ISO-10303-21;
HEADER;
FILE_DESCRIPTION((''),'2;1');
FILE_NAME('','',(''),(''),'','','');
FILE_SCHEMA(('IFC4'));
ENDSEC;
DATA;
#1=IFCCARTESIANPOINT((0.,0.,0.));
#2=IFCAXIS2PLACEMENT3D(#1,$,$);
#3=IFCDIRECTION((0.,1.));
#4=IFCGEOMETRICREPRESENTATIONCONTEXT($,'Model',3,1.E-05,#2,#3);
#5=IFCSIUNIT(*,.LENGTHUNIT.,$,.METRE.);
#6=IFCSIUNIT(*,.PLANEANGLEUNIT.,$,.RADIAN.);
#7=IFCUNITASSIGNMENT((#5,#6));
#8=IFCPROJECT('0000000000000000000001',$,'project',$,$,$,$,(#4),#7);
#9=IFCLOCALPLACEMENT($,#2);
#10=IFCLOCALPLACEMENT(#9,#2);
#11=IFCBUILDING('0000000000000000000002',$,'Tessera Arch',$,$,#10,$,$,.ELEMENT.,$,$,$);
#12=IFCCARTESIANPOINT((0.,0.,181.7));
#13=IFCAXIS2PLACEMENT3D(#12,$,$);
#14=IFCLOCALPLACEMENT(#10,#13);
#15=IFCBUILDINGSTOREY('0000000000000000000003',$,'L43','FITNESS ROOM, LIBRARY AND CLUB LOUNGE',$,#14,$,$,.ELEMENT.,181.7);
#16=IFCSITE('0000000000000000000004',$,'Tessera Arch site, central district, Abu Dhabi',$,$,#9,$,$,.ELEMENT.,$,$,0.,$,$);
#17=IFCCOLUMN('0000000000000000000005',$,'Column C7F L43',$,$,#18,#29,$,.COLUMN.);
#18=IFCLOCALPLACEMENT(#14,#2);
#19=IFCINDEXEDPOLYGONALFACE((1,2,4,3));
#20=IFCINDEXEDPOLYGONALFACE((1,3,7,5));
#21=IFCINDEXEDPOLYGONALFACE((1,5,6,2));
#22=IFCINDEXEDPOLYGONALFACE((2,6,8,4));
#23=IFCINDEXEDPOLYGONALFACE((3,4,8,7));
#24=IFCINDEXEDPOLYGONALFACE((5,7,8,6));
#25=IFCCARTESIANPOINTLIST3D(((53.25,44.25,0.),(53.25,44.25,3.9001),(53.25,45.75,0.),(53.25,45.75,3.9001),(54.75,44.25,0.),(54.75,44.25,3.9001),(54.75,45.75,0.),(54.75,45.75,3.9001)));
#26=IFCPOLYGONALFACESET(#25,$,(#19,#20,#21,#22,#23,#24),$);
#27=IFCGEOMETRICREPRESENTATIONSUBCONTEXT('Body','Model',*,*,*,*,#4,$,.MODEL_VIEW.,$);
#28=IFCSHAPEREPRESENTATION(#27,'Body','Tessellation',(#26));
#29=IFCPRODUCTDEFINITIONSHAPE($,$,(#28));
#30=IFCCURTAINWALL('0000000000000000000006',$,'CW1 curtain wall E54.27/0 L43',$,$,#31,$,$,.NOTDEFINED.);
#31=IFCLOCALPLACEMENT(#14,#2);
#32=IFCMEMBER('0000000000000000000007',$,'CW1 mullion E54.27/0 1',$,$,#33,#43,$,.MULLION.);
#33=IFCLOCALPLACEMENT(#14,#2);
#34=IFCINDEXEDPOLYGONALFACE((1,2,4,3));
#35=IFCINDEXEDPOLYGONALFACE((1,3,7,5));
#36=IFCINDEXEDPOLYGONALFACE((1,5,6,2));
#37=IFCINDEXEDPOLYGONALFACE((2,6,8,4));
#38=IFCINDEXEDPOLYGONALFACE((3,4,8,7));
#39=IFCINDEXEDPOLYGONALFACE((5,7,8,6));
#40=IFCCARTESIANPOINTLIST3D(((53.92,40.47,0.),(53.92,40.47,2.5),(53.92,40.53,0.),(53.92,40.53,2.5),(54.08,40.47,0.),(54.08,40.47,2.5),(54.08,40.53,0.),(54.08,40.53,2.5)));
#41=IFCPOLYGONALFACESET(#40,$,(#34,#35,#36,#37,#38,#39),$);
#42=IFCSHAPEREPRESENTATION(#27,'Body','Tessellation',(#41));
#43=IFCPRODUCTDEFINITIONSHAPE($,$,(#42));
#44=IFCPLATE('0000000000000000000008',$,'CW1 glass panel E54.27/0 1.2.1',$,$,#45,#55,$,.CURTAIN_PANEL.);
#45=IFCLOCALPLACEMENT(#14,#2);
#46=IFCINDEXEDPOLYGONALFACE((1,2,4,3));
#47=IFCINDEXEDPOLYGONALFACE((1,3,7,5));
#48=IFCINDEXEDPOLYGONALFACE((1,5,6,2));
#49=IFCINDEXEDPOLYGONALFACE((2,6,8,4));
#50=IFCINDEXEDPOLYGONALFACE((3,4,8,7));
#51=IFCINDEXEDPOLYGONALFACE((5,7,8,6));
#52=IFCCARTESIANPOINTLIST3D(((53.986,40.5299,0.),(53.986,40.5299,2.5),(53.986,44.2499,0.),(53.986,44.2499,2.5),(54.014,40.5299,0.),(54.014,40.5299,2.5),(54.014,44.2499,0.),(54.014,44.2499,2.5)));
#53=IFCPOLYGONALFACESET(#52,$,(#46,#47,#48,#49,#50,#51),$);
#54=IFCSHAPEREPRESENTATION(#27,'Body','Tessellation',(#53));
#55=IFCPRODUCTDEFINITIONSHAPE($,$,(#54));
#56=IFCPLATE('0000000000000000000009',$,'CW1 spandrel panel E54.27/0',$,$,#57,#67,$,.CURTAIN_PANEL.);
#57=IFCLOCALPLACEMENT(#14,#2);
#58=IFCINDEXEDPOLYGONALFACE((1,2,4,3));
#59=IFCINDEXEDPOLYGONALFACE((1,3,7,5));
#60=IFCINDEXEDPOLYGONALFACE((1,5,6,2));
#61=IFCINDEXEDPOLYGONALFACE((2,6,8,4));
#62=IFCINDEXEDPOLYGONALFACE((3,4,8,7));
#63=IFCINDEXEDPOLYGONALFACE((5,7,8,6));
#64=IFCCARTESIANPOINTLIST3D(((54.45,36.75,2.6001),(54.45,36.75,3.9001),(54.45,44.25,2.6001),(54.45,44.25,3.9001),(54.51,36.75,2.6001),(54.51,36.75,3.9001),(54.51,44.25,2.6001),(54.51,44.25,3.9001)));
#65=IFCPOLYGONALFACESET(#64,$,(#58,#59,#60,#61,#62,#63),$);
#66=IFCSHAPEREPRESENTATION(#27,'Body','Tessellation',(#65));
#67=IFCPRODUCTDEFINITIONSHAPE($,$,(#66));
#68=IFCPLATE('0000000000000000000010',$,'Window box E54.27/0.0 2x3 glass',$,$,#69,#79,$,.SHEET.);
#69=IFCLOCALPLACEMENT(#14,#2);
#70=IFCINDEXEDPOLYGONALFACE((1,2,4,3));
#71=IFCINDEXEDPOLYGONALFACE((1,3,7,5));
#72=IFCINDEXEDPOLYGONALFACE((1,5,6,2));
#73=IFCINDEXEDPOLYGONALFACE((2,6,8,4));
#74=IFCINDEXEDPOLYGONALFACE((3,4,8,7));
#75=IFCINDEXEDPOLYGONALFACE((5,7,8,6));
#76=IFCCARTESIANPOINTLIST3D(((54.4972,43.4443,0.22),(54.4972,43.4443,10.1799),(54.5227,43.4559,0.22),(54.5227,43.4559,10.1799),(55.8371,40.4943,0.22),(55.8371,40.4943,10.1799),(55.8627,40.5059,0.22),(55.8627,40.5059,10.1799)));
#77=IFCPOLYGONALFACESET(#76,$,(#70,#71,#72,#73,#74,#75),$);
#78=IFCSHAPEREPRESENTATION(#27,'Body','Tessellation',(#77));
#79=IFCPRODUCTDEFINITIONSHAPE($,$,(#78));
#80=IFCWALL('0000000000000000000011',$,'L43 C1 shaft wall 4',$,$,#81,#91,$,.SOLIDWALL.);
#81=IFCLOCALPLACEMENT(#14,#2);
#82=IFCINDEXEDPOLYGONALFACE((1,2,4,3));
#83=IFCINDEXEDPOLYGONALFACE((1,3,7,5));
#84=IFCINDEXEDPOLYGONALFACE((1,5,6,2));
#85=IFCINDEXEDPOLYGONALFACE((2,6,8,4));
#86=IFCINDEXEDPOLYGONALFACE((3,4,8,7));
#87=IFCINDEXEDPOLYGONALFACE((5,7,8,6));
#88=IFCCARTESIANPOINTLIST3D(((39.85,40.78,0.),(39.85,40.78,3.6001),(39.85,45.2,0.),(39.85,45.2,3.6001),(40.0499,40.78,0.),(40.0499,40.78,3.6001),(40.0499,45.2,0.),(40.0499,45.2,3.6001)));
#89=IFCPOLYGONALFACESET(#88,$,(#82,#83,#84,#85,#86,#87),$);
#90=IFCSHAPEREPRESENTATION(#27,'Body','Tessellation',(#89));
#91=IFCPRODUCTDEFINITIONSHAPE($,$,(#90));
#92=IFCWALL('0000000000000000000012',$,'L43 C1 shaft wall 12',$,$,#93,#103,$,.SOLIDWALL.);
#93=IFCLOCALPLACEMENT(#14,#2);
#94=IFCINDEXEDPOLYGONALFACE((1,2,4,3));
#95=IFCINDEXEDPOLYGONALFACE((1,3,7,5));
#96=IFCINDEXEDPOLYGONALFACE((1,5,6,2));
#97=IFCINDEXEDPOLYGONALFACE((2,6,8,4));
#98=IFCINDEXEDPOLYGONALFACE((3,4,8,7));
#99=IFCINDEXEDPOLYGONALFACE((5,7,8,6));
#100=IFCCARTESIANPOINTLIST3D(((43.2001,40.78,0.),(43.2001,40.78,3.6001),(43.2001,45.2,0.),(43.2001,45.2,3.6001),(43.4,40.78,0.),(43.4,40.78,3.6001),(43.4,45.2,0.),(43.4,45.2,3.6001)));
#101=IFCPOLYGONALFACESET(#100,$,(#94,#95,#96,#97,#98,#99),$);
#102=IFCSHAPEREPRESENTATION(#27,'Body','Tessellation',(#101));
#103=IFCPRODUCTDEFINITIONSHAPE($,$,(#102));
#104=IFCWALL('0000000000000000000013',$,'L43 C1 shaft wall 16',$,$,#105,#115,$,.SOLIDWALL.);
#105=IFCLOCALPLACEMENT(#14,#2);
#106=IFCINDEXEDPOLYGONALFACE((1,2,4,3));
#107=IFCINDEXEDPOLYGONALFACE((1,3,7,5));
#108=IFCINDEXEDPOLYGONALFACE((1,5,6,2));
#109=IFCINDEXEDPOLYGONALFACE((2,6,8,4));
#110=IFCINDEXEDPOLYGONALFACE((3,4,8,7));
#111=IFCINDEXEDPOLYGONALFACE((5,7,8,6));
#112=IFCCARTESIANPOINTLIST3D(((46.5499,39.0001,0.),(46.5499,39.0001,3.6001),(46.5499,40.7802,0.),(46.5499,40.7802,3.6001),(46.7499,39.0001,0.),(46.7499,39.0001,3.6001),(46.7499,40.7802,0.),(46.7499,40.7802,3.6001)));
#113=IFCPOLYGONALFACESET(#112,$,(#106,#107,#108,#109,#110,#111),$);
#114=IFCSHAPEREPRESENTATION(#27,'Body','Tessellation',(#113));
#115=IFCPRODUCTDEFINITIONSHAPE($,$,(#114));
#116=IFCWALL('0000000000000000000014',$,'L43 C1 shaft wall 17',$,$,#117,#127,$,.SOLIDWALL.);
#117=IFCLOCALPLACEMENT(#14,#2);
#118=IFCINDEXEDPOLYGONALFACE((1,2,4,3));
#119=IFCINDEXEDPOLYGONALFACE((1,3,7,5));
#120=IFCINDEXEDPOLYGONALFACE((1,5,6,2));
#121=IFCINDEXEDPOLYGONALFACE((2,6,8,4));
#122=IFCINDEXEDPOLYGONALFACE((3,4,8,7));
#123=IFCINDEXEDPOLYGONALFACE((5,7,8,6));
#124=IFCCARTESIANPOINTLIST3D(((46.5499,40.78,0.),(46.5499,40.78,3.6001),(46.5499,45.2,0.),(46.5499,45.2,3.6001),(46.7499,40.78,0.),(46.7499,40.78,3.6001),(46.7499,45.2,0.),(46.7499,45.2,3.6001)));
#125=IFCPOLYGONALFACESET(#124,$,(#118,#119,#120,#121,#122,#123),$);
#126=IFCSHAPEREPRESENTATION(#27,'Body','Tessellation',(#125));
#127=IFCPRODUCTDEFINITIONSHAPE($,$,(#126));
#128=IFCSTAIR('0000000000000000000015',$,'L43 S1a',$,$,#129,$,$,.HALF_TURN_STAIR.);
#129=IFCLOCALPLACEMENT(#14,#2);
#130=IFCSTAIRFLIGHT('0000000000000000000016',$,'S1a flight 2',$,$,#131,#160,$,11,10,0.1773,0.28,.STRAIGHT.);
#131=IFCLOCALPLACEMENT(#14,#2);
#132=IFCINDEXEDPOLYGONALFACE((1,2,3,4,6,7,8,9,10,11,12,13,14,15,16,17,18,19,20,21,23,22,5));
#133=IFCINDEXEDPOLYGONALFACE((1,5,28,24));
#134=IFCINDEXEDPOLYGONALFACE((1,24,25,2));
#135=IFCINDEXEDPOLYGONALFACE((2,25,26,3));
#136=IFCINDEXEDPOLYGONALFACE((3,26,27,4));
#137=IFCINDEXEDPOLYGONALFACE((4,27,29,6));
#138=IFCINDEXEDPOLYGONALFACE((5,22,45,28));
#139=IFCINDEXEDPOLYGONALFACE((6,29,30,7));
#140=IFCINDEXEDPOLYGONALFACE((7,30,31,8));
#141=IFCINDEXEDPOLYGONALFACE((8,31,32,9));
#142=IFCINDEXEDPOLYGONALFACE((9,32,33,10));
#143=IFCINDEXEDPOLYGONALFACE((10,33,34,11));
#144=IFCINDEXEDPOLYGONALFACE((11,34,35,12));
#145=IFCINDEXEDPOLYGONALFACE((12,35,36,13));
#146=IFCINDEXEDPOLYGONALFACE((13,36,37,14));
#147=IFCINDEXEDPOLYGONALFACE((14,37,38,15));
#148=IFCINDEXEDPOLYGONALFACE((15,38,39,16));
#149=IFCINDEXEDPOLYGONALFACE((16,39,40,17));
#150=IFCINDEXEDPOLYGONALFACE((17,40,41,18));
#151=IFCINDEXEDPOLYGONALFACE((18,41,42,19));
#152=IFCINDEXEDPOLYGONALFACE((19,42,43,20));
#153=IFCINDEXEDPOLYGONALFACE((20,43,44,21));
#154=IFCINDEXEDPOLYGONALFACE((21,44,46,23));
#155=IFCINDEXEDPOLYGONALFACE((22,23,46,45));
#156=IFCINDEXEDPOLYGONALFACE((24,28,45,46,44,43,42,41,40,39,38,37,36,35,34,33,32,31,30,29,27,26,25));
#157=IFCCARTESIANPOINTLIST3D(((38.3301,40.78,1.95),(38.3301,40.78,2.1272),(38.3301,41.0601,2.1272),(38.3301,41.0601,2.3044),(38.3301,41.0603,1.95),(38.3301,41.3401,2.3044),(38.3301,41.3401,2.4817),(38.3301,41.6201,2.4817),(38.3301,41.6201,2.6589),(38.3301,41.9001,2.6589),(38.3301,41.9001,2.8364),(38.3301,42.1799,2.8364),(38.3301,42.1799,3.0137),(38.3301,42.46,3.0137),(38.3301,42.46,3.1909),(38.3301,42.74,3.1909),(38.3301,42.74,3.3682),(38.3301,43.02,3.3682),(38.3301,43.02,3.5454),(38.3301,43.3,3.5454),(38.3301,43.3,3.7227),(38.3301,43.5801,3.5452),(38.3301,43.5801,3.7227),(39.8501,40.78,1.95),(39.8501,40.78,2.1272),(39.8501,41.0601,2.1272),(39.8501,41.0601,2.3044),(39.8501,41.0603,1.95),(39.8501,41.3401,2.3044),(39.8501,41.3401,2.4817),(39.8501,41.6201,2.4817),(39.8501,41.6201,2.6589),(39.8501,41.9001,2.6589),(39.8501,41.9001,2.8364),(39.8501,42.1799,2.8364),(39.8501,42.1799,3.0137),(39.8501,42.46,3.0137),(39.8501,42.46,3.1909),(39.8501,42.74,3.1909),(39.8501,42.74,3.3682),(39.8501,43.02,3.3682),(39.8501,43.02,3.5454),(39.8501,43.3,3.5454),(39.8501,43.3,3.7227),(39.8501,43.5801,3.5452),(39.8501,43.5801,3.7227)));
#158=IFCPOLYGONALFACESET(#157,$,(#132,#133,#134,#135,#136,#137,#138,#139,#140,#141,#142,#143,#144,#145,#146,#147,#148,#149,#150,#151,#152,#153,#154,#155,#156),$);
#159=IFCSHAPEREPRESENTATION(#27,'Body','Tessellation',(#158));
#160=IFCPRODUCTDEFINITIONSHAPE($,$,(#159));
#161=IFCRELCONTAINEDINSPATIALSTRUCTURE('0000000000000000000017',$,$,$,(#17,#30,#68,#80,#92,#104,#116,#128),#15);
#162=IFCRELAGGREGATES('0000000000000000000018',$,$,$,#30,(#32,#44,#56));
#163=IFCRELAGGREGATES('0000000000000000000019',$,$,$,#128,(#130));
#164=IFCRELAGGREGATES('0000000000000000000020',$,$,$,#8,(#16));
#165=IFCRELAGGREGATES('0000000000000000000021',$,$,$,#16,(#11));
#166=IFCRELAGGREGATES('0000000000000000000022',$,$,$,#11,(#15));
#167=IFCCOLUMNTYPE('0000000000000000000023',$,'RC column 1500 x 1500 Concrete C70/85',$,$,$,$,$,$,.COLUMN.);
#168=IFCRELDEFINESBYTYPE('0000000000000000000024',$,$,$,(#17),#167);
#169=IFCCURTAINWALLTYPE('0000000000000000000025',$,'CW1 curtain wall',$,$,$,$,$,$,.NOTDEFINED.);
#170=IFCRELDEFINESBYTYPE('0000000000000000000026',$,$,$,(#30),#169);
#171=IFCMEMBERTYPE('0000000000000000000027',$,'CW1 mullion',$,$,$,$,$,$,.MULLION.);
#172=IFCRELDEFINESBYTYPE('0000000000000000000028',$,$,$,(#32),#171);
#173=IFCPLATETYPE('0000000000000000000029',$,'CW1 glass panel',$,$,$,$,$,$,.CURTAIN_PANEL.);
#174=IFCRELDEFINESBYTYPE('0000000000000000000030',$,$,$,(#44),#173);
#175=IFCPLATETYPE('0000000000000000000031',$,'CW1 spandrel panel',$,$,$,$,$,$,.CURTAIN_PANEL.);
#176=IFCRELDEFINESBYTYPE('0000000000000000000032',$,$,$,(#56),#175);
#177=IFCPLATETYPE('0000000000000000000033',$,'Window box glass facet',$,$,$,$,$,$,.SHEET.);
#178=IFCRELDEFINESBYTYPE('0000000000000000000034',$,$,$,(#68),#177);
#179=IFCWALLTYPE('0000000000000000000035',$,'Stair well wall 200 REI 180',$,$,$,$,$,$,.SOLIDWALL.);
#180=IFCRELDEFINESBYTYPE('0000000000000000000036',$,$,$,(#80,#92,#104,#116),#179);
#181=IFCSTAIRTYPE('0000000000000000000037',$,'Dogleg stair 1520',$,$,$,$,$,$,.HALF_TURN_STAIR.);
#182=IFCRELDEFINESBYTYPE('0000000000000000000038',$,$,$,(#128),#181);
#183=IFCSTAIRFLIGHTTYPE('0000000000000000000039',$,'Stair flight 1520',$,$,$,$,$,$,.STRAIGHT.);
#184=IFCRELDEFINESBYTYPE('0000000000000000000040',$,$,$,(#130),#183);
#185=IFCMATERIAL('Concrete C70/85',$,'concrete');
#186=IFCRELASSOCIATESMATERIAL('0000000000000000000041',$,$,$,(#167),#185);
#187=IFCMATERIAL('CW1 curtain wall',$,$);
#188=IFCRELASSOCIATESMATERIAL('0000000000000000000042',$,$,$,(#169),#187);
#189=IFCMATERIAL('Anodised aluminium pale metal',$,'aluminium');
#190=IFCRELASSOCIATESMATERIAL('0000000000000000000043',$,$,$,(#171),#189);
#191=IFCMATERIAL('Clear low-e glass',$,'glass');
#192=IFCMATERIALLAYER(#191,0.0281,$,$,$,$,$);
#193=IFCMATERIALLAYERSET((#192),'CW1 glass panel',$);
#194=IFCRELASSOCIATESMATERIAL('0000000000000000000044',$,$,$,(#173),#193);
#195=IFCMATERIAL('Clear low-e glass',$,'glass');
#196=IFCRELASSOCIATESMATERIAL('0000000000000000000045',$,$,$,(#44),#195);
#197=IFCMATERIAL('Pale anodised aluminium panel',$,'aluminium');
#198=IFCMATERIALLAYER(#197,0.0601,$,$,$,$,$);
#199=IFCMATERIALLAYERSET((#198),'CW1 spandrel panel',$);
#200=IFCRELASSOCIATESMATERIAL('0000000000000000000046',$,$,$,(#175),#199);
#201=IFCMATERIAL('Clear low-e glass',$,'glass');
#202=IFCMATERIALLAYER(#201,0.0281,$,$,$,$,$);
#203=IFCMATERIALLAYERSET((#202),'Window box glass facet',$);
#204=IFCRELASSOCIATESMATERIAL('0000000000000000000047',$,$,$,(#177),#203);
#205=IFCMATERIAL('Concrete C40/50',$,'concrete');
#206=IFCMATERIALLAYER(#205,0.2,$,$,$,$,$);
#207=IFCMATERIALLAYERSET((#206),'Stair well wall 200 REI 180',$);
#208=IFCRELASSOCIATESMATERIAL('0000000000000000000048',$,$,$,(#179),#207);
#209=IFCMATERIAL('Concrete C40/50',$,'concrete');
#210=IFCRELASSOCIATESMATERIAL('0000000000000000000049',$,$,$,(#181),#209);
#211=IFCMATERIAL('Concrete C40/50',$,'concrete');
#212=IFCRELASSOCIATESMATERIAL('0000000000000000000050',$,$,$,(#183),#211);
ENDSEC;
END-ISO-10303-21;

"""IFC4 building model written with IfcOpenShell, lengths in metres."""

from ifc_helpers import new_model, si_unit, direction, frame, frame_2d, origin, origin_2d, place, context, subcontext, project, spatial, polyline, rectangle, outline, extrude, material, layer, layer_set, material_profile, profile_set, type_object, element, aggregate, save


model = new_model("IFC4")

# Units and contexts
model_context = context("Model", 3, precision=1e-05, world=origin(), true_north=direction((0.0, 1.0)))
body_context = subcontext(model_context, "Body", "Model", "MODEL_VIEW")
ifc_project = project(units=[si_unit("LENGTHUNIT", "METRE"), si_unit("PLANEANGLEUNIT", "RADIAN")], contexts=[model_context])

# Site, building, storey
site_placement = place(None, origin())
site = spatial("IfcSite", under=ifc_project, at=site_placement, Name="Tessera Arch site, central district, Abu Dhabi", CompositionType="ELEMENT", RefElevation=0.0)
building_placement = place(site_placement, origin())
building = spatial("IfcBuilding", under=site, at=building_placement, Name="Tessera Arch", CompositionType="ELEMENT")
storey_placement = place(building_placement, frame((0.0, 0.0, 181.7)))
storey = spatial("IfcBuildingStorey", under=building, at=storey_placement, Name="L43", Description="FITNESS ROOM, LIBRARY AND CLUB LOUNGE", CompositionType="ELEMENT", Elevation=181.7)

# Column
ifc_material_1 = material(Name="Concrete C70/85", Category="concrete")
ifc_material_profile_1 = material_profile(ifc_material_1, rectangle(XDim=1.5, YDim=1.5, at=origin_2d()), Name="RC column 1500 x 1500 Concrete C70/85")
ifc_profile_set_1 = profile_set([ifc_material_profile_1], Name="Concrete C70/85")
column_type = type_object("IfcColumnType", Name="RC column 1500 x 1500 Concrete C70/85", PredefinedType="COLUMN", material=ifc_profile_set_1)
column_placement = place(storey_placement, frame((54.0, 45.0, 0.0), z_axis=(0.0, 0.0, 1.0), x_axis=(1.0, 0.0, 0.0)))
element("IfcColumn", 1, at=column_placement, inside=storey, type_object=column_type, Name="Column C7F L43", PredefinedType="COLUMN", context=body_context, shape_type="SweptSolid", body=[
    extrude(rectangle(XDim=1.5, YDim=1.5, at=origin_2d()), origin(), (0.0, 0.0, 1.0), 3.9001),
])

# Curtain wall, member, plates
ifc_material_2 = material(Name="CW1 curtain wall")
curtain_wall_type = type_object("IfcCurtainWallType", Name="CW1 curtain wall", PredefinedType="NOTDEFINED", material=ifc_material_2)
curtain_wall_placement = place(storey_placement, origin())
curtain_wall = element("IfcCurtainWall", 2, at=curtain_wall_placement, inside=storey, type_object=curtain_wall_type, Name="CW1 curtain wall E54.27/0 L43", PredefinedType="NOTDEFINED")
ifc_material_3 = material(Name="Anodised aluminium pale metal", Category="aluminium")
ifc_material_profile_2 = material_profile(ifc_material_3, rectangle(XDim=0.1599, YDim=0.0601, at=origin_2d()), Name="AL 60x160")
ifc_profile_set_2 = profile_set([ifc_material_profile_2], Name="Anodised aluminium pale metal")
member_type = type_object("IfcMemberType", Name="CW1 mullion", PredefinedType="MULLION", material=ifc_profile_set_2)
member_placement = place(storey_placement, frame((54.0, 40.5, 0.0), z_axis=(0.0, 0.0, 1.0), x_axis=(-1.0, 0.0, 0.0)))
member = element("IfcMember", 3, at=member_placement, type_object=member_type, Name="CW1 mullion E54.27/0 1", PredefinedType="MULLION", context=body_context, shape_type="SweptSolid", body=[
    extrude(rectangle(XDim=0.1599, YDim=0.0601, at=origin_2d()), origin(), (0.0, 0.0, 1.0), 2.5),
])
ifc_material_4 = material(Name="Clear low-e glass", Category="glass")
ifc_material_5 = material(Name="Clear low-e glass", Category="glass")
ifc_layer_1 = layer(ifc_material_5, 0.0281)
ifc_layer_set_1 = layer_set([ifc_layer_1], Name="CW1 glass panel")
plate_type_1 = type_object("IfcPlateType", Name="CW1 glass panel", PredefinedType="CURTAIN_PANEL", material=ifc_layer_set_1)
plate_1_placement = place(storey_placement, frame((54.0, 42.3899, 0.0), z_axis=(0.0, 0.0, 1.0), x_axis=(0.0, 1.0, 0.0)))
plate_1 = element("IfcPlate", 4, at=plate_1_placement, type_object=plate_type_1, material=ifc_material_4, Name="CW1 glass panel E54.27/0 1.2.1", PredefinedType="CURTAIN_PANEL", context=body_context, shape_type="SweptSolid", body=[
    extrude(rectangle(XDim=3.72, YDim=0.0281, at=origin_2d()), origin(), (0.0, 0.0, 1.0), 2.5),
])
ifc_material_6 = material(Name="Pale anodised aluminium panel", Category="aluminium")
ifc_layer_2 = layer(ifc_material_6, 0.0601)
ifc_layer_set_2 = layer_set([ifc_layer_2], Name="CW1 spandrel panel")
plate_type_2 = type_object("IfcPlateType", Name="CW1 spandrel panel", PredefinedType="CURTAIN_PANEL", material=ifc_layer_set_2)
plate_2_placement = place(storey_placement, frame((54.48, 40.5, 2.6001), z_axis=(0.0, 0.0, 1.0), x_axis=(0.0, 1.0, 0.0)))
plate_2 = element("IfcPlate", 5, at=plate_2_placement, type_object=plate_type_2, Name="CW1 spandrel panel E54.27/0", PredefinedType="CURTAIN_PANEL", context=body_context, shape_type="SweptSolid", body=[
    extrude(rectangle(XDim=7.5, YDim=0.0601, at=origin_2d()), origin(), (0.0, 0.0, 1.0), 1.3),
])
aggregate(curtain_wall, [member, plate_1, plate_2])

# Plate
ifc_material_7 = material(Name="Clear low-e glass", Category="glass")
ifc_layer_3 = layer(ifc_material_7, 0.0281)
ifc_layer_set_3 = layer_set([ifc_layer_3], Name="Window box glass facet")
plate_type_3 = type_object("IfcPlateType", Name="Window box glass facet", PredefinedType="SHEET", material=ifc_layer_set_3)
plate_3_placement = place(storey_placement, frame((55.1799, 41.9751, 0.22), z_axis=(0.0, 0.0, 1.0), x_axis=(0.41357, -0.910472, 0.0)))
element("IfcPlate", 6, at=plate_3_placement, inside=storey, type_object=plate_type_3, Name="Window box E54.27/0.0 2x3 glass", PredefinedType="SHEET", context=body_context, shape_type="SweptSolid", body=[
    extrude(rectangle(XDim=3.24, YDim=0.0281, at=origin_2d()), origin(), (0.0, 0.0, 1.0), 9.96),
])

# Walls
ifc_material_8 = material(Name="Concrete C40/50", Category="concrete")
ifc_layer_4 = layer(ifc_material_8, 0.2)
ifc_layer_set_4 = layer_set([ifc_layer_4], Name="Stair well wall 200 REI 180")
wall_type = type_object("IfcWallType", Name="Stair well wall 200 REI 180", PredefinedType="SOLIDWALL", material=ifc_layer_set_4)
for number, where, z_axis, x_axis, name in (
    (7, (39.95, 40.78, 0.0), (0.0, 0.0, 1.0), (0.0, 1.0, 0.0), "L43 C1 shaft wall 4"),
    (8, (43.3, 40.78, 0.0), (0.0, 0.0, 1.0), (0.0, 1.0, 0.0), "L43 C1 shaft wall 12"),
):
    element("IfcWall", number, at=place(storey_placement, frame(where, z_axis=z_axis, x_axis=x_axis)), inside=storey, type_object=wall_type, Name=name, PredefinedType="SOLIDWALL", context=body_context, shape_type="SweptSolid", body=[
        extrude(rectangle(XDim=4.4199, YDim=0.2, at=frame_2d((2.21, 0.0))), origin(), (0.0, 0.0, 1.0), 3.6001),
    ])
wall_1_placement = place(storey_placement, frame((46.6499, 39.0, 0.0), z_axis=(0.0, 0.0, 1.0), x_axis=(0.0, 1.0, 0.0)))
element("IfcWall", 9, at=wall_1_placement, inside=storey, type_object=wall_type, Name="L43 C1 shaft wall 16", PredefinedType="SOLIDWALL", context=body_context, shape_type="SweptSolid", body=[
    extrude(rectangle(XDim=1.78, YDim=0.2, at=frame_2d((0.8901, 0.0))), origin(), (0.0, 0.0, 1.0), 3.6001),
])
wall_2_placement = place(storey_placement, frame((46.6499, 40.78, 0.0), z_axis=(0.0, 0.0, 1.0), x_axis=(0.0, 1.0, 0.0)))
element("IfcWall", 10, at=wall_2_placement, inside=storey, type_object=wall_type, Name="L43 C1 shaft wall 17", PredefinedType="SOLIDWALL", context=body_context, shape_type="SweptSolid", body=[
    extrude(rectangle(XDim=4.4199, YDim=0.2, at=frame_2d((2.21, 0.0))), origin(), (0.0, 0.0, 1.0), 3.6001),
])

# Stair, stair flight
ifc_material_9 = material(Name="Concrete C40/50", Category="concrete")
stair_type = type_object("IfcStairType", Name="Dogleg stair 1520", PredefinedType="HALF_TURN_STAIR", material=ifc_material_9)
stair_1_placement = place(storey_placement, origin())
stair_1 = element("IfcStair", 11, at=stair_1_placement, inside=storey, type_object=stair_type, Name="L43 S1a", PredefinedType="HALF_TURN_STAIR")
ifc_material_10 = material(Name="Concrete C40/50", Category="concrete")
stair_flight_type = type_object("IfcStairFlightType", Name="Stair flight 1520", PredefinedType="STRAIGHT", material=ifc_material_10)
stair_flight_1_placement = place(storey_placement, frame((39.0901, 40.78, 1.95), z_axis=(0.0, 0.0, 1.0), x_axis=(0.0, 1.0, 0.0)))
stair_flight_1 = element("IfcStairFlight", 12, at=stair_flight_1_placement, type_object=stair_flight_type, Name="S1a flight 2", NumberOfRisers=11, NumberOfTreads=10, PredefinedType="STRAIGHT", RiserHeight=0.1773, TreadLength=0.28, context=body_context, shape_type="SweptSolid", body=[
    extrude(outline(polyline([(0.0, 0.0), (0.0, 0.1772), (0.28, 0.1772), (0.28, 0.3545), (0.5601, 0.3545), (0.5601, 0.5317), (0.8401, 0.5317), (0.8401, 0.709), (1.1201, 0.709), (1.1201, 0.8865), (1.3999, 0.8865), (1.3999, 1.0637), (1.6799, 1.0637), (1.6799, 1.241), (1.96, 1.241), (1.96, 1.4182), (2.24, 1.4182), (2.24, 1.5955), (2.52, 1.5955), (2.52, 1.7727), (2.8, 1.7727), (2.8, 1.95), (2.8, 1.5952), (0.2803, 0.0), (0.0, 0.0)])), frame((0.0, 0.76, 0.0), z_axis=(0.0, -1.0, 0.0), x_axis=(1.0, 0.0, 0.0)), (0.0, 0.0, 1.0), 1.52),
])
aggregate(stair_1, [stair_flight_1])

save(model, "model.ifc")
